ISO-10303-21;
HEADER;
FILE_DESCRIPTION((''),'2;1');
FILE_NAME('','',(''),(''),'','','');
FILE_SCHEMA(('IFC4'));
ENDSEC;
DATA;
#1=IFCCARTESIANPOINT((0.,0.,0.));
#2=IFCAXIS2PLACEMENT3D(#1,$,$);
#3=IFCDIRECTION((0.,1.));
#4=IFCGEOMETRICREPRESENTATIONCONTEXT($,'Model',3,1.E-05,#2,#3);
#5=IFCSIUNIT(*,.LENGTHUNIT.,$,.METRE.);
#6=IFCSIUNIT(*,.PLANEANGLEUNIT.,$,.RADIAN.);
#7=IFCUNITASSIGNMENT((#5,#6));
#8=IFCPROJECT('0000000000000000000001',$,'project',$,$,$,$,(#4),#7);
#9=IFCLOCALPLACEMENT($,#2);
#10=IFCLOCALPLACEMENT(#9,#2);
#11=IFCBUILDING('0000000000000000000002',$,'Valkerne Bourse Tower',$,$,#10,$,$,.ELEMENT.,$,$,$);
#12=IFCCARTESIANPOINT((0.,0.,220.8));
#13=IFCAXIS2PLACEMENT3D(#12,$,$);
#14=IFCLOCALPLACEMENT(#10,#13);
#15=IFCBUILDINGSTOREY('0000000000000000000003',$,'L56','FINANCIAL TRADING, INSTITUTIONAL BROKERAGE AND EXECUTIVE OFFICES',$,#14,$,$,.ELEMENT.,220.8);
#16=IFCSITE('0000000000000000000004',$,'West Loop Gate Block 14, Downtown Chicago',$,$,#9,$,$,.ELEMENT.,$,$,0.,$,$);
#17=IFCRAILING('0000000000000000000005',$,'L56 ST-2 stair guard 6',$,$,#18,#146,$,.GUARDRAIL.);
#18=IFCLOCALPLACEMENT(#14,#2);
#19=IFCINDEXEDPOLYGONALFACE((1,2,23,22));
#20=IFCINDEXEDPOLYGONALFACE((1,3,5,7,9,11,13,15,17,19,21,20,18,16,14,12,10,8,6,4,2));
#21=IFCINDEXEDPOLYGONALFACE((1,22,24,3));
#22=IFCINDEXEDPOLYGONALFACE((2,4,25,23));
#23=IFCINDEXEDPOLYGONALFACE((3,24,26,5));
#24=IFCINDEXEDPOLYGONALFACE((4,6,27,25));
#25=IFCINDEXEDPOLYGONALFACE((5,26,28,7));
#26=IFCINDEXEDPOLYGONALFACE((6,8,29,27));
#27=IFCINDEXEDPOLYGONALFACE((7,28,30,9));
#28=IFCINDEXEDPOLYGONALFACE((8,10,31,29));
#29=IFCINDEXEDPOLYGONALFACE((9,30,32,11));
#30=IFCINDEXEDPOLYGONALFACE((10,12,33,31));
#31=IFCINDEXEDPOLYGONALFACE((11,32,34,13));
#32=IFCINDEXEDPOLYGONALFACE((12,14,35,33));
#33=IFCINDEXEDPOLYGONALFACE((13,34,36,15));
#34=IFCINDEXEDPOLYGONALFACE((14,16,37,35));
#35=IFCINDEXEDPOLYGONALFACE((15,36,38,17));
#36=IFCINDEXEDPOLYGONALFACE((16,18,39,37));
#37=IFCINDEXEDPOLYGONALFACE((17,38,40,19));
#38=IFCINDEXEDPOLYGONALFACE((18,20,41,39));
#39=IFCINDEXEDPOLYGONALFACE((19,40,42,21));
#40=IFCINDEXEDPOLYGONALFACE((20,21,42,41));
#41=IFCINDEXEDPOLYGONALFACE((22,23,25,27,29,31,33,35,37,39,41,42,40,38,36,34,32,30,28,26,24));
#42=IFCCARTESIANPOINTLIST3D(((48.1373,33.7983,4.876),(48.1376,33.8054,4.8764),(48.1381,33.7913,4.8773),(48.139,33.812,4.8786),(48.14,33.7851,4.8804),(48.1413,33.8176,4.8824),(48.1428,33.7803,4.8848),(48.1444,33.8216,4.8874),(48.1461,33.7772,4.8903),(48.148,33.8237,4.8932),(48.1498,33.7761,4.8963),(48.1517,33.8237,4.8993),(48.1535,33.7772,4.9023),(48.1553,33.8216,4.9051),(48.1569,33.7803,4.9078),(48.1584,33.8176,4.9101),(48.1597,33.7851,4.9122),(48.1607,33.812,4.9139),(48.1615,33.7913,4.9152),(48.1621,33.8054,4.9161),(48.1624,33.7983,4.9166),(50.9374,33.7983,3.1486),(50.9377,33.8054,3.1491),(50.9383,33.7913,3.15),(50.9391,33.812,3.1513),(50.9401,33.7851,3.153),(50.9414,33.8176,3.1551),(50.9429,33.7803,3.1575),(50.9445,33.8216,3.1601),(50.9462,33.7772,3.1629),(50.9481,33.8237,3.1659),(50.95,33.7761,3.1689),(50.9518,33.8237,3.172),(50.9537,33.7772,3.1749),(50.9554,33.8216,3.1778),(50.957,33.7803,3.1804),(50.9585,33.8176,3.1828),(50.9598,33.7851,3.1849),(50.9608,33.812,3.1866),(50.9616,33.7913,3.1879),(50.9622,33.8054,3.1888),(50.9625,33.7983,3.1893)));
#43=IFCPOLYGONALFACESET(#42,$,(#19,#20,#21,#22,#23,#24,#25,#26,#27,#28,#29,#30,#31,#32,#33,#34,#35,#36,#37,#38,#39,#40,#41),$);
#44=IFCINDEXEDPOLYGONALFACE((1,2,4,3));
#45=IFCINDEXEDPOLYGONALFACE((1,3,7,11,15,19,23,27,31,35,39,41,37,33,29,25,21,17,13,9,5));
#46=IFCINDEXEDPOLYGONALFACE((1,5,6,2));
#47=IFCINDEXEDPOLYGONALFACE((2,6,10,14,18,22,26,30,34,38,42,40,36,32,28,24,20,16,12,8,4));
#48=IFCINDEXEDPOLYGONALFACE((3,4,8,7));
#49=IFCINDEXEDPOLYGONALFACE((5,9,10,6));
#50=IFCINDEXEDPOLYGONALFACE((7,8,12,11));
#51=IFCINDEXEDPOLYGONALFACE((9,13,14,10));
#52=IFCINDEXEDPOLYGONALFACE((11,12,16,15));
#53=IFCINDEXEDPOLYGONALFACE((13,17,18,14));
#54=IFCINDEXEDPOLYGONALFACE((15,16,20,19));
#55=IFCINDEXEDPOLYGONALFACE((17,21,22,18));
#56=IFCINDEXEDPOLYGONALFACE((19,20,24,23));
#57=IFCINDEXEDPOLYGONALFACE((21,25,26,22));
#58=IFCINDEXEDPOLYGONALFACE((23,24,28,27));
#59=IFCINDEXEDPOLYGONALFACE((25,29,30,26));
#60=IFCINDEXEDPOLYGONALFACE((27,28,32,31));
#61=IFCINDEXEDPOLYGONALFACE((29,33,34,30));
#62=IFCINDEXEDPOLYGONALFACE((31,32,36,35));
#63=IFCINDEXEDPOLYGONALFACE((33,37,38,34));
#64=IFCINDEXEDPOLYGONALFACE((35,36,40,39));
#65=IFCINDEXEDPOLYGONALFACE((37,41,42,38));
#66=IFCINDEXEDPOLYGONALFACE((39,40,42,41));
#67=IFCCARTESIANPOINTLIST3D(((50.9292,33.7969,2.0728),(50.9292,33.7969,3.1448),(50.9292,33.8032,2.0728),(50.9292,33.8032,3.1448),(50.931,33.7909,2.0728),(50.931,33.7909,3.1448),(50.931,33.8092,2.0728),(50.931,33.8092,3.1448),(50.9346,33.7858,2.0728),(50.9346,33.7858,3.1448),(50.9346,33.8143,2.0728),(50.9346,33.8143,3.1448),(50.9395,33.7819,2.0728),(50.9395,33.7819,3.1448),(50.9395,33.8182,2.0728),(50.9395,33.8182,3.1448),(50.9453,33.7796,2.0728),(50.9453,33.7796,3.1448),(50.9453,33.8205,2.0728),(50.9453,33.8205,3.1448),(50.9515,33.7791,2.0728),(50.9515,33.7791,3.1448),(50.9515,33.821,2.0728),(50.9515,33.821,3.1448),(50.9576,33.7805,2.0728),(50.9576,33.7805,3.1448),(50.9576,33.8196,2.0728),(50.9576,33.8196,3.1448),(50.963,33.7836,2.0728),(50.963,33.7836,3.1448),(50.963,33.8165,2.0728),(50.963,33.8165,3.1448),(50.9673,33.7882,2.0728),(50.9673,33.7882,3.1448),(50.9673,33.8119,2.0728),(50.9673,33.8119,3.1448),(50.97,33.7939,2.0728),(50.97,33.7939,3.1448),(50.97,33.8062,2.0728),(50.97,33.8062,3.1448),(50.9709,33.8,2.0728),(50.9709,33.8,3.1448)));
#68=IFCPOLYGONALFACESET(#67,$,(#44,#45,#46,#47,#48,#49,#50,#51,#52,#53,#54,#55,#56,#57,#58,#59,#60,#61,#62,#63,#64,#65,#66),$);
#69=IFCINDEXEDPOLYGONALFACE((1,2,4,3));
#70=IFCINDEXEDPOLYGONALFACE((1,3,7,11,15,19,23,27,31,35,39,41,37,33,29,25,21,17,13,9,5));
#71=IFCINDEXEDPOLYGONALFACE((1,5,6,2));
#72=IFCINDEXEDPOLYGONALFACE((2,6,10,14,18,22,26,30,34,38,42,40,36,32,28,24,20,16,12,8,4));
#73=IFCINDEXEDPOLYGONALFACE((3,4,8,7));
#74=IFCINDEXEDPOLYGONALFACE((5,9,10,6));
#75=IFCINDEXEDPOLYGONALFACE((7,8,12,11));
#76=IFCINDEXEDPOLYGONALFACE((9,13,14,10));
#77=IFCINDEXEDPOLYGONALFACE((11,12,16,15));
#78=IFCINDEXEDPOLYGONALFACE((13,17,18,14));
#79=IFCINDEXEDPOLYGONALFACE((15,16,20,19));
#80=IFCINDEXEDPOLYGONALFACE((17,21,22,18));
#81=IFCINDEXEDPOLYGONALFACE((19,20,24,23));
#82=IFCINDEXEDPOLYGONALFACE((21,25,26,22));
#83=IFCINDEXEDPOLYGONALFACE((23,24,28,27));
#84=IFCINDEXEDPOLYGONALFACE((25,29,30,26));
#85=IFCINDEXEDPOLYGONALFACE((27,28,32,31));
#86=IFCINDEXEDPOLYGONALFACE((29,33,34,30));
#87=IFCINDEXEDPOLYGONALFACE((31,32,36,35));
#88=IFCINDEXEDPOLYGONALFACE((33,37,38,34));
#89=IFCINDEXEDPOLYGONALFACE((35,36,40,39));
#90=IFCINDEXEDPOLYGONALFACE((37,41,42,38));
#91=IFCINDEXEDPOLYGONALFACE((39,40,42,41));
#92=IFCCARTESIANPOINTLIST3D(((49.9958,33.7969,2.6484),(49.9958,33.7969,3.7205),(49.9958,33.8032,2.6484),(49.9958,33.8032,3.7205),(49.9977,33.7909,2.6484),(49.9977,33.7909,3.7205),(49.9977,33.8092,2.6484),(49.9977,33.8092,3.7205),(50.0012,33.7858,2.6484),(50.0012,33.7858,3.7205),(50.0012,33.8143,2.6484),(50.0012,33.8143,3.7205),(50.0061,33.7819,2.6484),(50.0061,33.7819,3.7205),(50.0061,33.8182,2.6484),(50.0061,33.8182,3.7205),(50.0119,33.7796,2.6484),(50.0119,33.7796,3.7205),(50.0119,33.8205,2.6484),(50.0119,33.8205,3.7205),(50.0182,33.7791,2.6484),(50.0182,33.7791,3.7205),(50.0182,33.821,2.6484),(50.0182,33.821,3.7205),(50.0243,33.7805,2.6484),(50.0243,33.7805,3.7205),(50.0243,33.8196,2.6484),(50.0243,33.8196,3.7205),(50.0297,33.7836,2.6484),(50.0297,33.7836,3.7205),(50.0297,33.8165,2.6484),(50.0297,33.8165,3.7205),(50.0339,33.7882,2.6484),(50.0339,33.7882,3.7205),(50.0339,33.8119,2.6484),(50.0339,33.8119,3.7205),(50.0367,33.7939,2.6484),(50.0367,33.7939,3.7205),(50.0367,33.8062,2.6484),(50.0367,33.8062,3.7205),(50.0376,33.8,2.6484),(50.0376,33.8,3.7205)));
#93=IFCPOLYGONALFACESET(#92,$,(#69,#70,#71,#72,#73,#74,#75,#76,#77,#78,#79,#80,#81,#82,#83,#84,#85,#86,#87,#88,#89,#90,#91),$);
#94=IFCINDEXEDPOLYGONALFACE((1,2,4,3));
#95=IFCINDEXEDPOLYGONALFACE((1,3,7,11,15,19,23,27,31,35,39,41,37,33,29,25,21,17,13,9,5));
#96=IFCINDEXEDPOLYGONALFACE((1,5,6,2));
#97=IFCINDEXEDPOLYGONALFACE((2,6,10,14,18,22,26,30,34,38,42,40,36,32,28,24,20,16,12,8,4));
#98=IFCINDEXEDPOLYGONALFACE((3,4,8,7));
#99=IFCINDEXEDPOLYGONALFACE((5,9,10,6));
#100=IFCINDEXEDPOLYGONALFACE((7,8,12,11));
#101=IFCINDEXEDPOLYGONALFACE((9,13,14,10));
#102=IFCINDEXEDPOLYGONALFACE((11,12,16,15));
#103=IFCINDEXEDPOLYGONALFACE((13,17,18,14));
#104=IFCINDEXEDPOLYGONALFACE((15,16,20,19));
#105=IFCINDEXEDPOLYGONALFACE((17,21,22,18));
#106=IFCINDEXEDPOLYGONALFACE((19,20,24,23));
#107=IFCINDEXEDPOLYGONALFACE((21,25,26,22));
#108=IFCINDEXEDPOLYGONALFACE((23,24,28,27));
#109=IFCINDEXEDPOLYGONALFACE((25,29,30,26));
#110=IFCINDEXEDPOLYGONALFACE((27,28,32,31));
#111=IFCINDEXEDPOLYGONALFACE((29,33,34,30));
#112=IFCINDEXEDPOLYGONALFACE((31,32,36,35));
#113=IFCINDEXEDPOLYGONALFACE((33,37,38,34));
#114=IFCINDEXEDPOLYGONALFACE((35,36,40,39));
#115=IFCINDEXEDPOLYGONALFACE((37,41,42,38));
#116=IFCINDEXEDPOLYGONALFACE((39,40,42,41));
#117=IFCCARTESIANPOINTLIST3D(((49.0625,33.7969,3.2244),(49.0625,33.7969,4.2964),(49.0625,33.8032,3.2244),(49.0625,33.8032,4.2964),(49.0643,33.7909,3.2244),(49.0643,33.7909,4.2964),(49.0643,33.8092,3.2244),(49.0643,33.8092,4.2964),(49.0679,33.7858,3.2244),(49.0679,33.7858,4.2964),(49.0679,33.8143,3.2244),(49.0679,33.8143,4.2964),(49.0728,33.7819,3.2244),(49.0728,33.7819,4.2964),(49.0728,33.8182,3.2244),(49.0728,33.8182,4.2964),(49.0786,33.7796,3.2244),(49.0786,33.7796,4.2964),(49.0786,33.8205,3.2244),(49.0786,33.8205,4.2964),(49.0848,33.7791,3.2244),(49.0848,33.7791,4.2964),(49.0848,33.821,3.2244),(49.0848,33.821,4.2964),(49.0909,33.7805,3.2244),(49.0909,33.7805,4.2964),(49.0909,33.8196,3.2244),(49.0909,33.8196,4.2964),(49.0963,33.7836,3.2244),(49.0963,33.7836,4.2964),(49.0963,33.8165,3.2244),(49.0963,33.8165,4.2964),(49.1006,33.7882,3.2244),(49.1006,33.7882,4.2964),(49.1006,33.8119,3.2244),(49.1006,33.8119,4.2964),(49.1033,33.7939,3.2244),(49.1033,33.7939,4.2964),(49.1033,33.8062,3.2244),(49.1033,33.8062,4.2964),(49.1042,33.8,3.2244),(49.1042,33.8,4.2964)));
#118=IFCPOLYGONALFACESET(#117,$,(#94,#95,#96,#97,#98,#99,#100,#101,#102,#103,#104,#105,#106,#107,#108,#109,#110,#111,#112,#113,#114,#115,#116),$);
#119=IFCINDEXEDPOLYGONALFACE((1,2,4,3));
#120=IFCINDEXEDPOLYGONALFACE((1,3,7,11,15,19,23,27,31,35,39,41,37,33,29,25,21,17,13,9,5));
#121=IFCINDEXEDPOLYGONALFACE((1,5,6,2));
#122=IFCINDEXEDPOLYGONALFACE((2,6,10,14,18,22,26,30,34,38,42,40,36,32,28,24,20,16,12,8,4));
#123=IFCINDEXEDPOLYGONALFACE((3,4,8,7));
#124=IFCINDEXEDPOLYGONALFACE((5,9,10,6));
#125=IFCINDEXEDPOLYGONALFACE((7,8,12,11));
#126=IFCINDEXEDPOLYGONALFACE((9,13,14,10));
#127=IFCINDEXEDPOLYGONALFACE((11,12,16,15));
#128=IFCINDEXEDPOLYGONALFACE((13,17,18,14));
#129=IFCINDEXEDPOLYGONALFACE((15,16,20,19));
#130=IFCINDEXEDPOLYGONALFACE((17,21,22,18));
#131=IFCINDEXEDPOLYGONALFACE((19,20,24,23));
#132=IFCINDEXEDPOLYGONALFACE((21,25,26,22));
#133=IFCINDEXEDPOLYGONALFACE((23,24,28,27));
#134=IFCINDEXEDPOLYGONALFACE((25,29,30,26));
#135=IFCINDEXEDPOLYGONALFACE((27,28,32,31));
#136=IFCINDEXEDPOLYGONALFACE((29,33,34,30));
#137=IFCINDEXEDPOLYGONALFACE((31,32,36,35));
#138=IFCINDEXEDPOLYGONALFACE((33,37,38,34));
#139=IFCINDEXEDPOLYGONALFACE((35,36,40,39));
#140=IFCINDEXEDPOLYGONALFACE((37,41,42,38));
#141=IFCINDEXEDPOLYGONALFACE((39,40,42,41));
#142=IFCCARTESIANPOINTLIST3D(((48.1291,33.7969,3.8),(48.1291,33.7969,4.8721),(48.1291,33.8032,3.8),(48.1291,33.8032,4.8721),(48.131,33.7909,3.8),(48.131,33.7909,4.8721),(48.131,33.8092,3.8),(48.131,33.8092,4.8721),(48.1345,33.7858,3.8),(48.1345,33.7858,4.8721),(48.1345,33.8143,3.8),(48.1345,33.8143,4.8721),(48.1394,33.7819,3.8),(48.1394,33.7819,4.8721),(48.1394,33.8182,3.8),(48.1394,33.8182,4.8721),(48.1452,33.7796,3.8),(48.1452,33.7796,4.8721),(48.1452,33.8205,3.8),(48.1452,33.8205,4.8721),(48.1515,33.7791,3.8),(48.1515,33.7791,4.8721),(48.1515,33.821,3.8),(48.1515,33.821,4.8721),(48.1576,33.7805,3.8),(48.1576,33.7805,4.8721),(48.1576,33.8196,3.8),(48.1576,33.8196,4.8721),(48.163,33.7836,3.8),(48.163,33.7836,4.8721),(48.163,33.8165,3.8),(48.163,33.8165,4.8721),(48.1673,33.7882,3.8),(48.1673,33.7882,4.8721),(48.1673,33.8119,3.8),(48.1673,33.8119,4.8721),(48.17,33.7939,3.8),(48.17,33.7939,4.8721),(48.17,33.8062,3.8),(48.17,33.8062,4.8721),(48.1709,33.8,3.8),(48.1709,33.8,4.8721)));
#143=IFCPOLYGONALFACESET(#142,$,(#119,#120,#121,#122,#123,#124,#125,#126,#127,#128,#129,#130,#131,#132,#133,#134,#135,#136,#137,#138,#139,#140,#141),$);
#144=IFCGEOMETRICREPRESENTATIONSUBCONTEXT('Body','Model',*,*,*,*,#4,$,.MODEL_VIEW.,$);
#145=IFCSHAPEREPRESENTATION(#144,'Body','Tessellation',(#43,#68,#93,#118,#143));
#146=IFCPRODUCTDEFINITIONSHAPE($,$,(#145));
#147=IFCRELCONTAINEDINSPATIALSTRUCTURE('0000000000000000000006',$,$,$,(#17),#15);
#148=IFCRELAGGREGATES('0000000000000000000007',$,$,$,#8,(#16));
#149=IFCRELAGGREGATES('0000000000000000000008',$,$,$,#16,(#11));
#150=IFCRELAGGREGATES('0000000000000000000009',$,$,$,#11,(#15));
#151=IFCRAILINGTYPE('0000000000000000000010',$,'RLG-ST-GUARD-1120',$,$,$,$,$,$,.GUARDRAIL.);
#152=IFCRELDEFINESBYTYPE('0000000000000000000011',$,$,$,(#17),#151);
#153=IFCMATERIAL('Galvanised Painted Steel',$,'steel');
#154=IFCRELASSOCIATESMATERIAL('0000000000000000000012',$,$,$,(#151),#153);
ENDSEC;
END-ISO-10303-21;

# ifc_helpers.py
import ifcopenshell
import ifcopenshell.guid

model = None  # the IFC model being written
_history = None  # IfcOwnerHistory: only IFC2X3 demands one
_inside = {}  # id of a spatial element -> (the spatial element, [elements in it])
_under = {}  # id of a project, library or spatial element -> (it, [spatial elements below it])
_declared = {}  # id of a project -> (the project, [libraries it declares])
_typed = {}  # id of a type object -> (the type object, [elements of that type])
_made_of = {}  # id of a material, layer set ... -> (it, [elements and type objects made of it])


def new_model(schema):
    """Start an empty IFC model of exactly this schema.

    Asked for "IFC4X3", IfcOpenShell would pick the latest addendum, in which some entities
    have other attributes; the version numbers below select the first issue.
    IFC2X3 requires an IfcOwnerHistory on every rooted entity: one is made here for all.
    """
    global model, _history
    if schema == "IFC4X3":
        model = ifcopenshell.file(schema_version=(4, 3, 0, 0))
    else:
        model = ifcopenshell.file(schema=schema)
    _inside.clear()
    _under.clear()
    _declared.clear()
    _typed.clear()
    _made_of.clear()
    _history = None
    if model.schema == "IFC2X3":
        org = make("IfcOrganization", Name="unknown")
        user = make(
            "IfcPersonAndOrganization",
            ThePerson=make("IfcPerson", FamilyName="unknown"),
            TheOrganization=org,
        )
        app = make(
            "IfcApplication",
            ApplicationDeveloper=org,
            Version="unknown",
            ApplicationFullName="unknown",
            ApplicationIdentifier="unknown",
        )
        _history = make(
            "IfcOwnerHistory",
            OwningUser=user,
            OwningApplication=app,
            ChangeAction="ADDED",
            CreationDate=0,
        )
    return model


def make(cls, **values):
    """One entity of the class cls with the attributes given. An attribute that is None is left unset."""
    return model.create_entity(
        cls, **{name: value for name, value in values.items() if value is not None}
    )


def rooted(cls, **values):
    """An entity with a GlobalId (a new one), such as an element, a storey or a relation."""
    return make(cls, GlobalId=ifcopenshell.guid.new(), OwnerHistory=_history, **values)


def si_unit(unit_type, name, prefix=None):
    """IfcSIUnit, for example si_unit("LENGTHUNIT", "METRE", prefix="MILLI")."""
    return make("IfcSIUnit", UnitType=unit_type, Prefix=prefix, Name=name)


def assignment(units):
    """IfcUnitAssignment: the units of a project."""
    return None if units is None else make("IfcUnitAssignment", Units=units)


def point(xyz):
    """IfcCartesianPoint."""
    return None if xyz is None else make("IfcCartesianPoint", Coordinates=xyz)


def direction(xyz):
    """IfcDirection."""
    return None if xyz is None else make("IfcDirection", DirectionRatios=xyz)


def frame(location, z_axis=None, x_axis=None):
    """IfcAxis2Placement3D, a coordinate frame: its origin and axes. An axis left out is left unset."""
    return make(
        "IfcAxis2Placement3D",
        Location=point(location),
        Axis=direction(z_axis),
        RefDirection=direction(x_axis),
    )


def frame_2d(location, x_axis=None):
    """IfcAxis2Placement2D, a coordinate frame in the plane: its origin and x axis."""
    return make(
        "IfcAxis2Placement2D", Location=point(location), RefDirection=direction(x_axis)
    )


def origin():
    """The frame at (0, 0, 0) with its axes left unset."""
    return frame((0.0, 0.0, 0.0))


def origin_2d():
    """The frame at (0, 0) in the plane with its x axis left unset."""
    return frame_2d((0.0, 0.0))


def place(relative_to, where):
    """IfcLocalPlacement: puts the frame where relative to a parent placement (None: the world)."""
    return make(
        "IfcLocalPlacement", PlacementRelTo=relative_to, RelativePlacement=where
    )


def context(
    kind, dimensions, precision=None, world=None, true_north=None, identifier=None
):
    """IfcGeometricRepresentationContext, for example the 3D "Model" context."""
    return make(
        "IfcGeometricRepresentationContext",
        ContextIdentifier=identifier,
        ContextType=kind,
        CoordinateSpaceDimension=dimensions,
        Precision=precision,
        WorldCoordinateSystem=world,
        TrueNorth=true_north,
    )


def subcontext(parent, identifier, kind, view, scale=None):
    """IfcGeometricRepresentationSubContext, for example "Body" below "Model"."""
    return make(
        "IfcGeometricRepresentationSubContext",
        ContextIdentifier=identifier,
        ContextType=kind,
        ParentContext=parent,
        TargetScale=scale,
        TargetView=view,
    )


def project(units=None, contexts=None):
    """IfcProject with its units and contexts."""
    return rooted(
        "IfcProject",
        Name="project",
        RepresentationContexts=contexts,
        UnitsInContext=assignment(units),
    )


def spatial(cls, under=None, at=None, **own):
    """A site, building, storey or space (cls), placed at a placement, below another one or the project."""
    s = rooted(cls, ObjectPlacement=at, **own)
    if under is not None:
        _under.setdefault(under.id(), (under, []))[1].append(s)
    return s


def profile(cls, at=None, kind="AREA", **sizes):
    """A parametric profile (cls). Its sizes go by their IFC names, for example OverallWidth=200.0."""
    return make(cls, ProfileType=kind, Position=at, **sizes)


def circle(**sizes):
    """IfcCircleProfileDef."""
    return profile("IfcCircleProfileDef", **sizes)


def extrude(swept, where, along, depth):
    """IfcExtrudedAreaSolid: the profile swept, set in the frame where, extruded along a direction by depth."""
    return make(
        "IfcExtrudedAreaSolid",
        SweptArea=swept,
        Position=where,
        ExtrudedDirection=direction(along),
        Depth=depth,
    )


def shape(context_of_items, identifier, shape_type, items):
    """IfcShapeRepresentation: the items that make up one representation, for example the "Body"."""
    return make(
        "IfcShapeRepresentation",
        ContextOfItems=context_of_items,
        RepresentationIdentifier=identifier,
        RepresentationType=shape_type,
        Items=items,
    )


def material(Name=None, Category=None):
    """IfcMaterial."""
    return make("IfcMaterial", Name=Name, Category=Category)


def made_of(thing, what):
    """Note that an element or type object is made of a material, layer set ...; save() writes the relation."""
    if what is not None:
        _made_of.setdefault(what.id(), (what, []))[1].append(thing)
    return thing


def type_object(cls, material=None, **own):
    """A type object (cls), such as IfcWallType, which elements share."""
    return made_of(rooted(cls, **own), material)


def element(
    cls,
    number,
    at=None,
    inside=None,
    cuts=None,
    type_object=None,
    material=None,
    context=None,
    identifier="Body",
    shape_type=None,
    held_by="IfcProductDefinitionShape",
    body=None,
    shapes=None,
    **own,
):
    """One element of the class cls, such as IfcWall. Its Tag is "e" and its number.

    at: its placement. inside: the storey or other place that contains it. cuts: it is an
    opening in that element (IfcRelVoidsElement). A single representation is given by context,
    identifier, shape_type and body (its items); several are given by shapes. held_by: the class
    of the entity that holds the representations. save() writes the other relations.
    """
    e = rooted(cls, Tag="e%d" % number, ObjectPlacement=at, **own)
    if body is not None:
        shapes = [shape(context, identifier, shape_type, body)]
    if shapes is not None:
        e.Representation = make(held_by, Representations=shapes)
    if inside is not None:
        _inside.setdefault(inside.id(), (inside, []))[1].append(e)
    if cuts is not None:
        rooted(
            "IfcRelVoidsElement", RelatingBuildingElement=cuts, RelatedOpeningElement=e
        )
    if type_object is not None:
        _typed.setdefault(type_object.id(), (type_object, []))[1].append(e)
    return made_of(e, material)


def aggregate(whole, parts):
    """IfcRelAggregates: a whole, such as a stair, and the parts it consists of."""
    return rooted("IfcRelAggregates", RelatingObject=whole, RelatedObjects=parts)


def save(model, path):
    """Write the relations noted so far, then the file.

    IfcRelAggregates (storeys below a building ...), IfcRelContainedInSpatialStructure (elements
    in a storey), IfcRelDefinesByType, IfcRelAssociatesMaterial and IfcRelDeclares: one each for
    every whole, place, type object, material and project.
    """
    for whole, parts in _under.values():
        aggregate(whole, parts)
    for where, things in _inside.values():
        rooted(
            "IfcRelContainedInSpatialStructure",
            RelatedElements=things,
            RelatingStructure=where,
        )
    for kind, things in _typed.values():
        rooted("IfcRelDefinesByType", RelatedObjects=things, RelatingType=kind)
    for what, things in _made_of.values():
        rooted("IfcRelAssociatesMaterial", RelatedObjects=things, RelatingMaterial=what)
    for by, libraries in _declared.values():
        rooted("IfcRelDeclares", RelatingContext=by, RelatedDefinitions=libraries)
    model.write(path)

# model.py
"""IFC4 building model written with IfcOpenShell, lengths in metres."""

from ifc_helpers import new_model, si_unit, direction, frame, origin, origin_2d, place, context, subcontext, project, spatial, circle, extrude, material, type_object, element, save


model = new_model("IFC4")

# Units and contexts
model_context = context("Model", 3, precision=1e-05, world=origin(), true_north=direction((0.0, 1.0)))
body_context = subcontext(model_context, "Body", "Model", "MODEL_VIEW")
ifc_project = project(units=[si_unit("LENGTHUNIT", "METRE"), si_unit("PLANEANGLEUNIT", "RADIAN")], contexts=[model_context])

# Site, building, storey
site_placement = place(None, origin())
site = spatial("IfcSite", under=ifc_project, at=site_placement, Name="West Loop Gate Block 14, Downtown Chicago", CompositionType="ELEMENT", RefElevation=0.0)
building_placement = place(site_placement, origin())
building = spatial("IfcBuilding", under=site, at=building_placement, Name="Valkerne Bourse Tower", CompositionType="ELEMENT")
storey_placement = place(building_placement, frame((0.0, 0.0, 220.8)))
storey = spatial("IfcBuildingStorey", under=building, at=storey_placement, Name="L56", Description="FINANCIAL TRADING, INSTITUTIONAL BROKERAGE AND EXECUTIVE OFFICES", CompositionType="ELEMENT", Elevation=220.8)

# Shared definitions
ifc_material_1 = material(Name="Galvanised Painted Steel", Category="steel")

# Railing
railing_type_1 = type_object("IfcRailingType", Name="RLG-ST-GUARD-1120", PredefinedType="GUARDRAIL", material=ifc_material_1)
railing_1_placement = place(storey_placement, frame((50.95, 33.8, 2.0728)))
element("IfcRailing", 1, at=railing_1_placement, inside=storey, type_object=railing_type_1, Name="L56 ST-2 stair guard 6", PredefinedType="GUARDRAIL", context=body_context, shape_type="SweptSolid", body=[
    extrude(circle(Radius=0.0239, at=origin_2d()), frame((0.0, 0.0, 1.0962), z_axis=(-0.85109, 0.0, 0.52502), x_axis=(0.0, -1.0, 0.0)), (0.0, 0.0, 1.0), 3.29),
    extrude(circle(Radius=0.021, at=origin_2d()), origin(), (0.0, 0.0, 1.0), 1.072),
    extrude(circle(Radius=0.021, at=origin_2d()), frame((-0.9333, 0.0, 0.5757)), (0.0, 0.0, 1.0), 1.072),
    extrude(circle(Radius=0.021, at=origin_2d()), frame((-1.8667, 0.0, 1.1516)), (0.0, 0.0, 1.0), 1.072),
    extrude(circle(Radius=0.021, at=origin_2d()), frame((-2.8, 0.0, 1.7273)), (0.0, 0.0, 1.0), 1.072),
])

save(model, "model.ifc")
